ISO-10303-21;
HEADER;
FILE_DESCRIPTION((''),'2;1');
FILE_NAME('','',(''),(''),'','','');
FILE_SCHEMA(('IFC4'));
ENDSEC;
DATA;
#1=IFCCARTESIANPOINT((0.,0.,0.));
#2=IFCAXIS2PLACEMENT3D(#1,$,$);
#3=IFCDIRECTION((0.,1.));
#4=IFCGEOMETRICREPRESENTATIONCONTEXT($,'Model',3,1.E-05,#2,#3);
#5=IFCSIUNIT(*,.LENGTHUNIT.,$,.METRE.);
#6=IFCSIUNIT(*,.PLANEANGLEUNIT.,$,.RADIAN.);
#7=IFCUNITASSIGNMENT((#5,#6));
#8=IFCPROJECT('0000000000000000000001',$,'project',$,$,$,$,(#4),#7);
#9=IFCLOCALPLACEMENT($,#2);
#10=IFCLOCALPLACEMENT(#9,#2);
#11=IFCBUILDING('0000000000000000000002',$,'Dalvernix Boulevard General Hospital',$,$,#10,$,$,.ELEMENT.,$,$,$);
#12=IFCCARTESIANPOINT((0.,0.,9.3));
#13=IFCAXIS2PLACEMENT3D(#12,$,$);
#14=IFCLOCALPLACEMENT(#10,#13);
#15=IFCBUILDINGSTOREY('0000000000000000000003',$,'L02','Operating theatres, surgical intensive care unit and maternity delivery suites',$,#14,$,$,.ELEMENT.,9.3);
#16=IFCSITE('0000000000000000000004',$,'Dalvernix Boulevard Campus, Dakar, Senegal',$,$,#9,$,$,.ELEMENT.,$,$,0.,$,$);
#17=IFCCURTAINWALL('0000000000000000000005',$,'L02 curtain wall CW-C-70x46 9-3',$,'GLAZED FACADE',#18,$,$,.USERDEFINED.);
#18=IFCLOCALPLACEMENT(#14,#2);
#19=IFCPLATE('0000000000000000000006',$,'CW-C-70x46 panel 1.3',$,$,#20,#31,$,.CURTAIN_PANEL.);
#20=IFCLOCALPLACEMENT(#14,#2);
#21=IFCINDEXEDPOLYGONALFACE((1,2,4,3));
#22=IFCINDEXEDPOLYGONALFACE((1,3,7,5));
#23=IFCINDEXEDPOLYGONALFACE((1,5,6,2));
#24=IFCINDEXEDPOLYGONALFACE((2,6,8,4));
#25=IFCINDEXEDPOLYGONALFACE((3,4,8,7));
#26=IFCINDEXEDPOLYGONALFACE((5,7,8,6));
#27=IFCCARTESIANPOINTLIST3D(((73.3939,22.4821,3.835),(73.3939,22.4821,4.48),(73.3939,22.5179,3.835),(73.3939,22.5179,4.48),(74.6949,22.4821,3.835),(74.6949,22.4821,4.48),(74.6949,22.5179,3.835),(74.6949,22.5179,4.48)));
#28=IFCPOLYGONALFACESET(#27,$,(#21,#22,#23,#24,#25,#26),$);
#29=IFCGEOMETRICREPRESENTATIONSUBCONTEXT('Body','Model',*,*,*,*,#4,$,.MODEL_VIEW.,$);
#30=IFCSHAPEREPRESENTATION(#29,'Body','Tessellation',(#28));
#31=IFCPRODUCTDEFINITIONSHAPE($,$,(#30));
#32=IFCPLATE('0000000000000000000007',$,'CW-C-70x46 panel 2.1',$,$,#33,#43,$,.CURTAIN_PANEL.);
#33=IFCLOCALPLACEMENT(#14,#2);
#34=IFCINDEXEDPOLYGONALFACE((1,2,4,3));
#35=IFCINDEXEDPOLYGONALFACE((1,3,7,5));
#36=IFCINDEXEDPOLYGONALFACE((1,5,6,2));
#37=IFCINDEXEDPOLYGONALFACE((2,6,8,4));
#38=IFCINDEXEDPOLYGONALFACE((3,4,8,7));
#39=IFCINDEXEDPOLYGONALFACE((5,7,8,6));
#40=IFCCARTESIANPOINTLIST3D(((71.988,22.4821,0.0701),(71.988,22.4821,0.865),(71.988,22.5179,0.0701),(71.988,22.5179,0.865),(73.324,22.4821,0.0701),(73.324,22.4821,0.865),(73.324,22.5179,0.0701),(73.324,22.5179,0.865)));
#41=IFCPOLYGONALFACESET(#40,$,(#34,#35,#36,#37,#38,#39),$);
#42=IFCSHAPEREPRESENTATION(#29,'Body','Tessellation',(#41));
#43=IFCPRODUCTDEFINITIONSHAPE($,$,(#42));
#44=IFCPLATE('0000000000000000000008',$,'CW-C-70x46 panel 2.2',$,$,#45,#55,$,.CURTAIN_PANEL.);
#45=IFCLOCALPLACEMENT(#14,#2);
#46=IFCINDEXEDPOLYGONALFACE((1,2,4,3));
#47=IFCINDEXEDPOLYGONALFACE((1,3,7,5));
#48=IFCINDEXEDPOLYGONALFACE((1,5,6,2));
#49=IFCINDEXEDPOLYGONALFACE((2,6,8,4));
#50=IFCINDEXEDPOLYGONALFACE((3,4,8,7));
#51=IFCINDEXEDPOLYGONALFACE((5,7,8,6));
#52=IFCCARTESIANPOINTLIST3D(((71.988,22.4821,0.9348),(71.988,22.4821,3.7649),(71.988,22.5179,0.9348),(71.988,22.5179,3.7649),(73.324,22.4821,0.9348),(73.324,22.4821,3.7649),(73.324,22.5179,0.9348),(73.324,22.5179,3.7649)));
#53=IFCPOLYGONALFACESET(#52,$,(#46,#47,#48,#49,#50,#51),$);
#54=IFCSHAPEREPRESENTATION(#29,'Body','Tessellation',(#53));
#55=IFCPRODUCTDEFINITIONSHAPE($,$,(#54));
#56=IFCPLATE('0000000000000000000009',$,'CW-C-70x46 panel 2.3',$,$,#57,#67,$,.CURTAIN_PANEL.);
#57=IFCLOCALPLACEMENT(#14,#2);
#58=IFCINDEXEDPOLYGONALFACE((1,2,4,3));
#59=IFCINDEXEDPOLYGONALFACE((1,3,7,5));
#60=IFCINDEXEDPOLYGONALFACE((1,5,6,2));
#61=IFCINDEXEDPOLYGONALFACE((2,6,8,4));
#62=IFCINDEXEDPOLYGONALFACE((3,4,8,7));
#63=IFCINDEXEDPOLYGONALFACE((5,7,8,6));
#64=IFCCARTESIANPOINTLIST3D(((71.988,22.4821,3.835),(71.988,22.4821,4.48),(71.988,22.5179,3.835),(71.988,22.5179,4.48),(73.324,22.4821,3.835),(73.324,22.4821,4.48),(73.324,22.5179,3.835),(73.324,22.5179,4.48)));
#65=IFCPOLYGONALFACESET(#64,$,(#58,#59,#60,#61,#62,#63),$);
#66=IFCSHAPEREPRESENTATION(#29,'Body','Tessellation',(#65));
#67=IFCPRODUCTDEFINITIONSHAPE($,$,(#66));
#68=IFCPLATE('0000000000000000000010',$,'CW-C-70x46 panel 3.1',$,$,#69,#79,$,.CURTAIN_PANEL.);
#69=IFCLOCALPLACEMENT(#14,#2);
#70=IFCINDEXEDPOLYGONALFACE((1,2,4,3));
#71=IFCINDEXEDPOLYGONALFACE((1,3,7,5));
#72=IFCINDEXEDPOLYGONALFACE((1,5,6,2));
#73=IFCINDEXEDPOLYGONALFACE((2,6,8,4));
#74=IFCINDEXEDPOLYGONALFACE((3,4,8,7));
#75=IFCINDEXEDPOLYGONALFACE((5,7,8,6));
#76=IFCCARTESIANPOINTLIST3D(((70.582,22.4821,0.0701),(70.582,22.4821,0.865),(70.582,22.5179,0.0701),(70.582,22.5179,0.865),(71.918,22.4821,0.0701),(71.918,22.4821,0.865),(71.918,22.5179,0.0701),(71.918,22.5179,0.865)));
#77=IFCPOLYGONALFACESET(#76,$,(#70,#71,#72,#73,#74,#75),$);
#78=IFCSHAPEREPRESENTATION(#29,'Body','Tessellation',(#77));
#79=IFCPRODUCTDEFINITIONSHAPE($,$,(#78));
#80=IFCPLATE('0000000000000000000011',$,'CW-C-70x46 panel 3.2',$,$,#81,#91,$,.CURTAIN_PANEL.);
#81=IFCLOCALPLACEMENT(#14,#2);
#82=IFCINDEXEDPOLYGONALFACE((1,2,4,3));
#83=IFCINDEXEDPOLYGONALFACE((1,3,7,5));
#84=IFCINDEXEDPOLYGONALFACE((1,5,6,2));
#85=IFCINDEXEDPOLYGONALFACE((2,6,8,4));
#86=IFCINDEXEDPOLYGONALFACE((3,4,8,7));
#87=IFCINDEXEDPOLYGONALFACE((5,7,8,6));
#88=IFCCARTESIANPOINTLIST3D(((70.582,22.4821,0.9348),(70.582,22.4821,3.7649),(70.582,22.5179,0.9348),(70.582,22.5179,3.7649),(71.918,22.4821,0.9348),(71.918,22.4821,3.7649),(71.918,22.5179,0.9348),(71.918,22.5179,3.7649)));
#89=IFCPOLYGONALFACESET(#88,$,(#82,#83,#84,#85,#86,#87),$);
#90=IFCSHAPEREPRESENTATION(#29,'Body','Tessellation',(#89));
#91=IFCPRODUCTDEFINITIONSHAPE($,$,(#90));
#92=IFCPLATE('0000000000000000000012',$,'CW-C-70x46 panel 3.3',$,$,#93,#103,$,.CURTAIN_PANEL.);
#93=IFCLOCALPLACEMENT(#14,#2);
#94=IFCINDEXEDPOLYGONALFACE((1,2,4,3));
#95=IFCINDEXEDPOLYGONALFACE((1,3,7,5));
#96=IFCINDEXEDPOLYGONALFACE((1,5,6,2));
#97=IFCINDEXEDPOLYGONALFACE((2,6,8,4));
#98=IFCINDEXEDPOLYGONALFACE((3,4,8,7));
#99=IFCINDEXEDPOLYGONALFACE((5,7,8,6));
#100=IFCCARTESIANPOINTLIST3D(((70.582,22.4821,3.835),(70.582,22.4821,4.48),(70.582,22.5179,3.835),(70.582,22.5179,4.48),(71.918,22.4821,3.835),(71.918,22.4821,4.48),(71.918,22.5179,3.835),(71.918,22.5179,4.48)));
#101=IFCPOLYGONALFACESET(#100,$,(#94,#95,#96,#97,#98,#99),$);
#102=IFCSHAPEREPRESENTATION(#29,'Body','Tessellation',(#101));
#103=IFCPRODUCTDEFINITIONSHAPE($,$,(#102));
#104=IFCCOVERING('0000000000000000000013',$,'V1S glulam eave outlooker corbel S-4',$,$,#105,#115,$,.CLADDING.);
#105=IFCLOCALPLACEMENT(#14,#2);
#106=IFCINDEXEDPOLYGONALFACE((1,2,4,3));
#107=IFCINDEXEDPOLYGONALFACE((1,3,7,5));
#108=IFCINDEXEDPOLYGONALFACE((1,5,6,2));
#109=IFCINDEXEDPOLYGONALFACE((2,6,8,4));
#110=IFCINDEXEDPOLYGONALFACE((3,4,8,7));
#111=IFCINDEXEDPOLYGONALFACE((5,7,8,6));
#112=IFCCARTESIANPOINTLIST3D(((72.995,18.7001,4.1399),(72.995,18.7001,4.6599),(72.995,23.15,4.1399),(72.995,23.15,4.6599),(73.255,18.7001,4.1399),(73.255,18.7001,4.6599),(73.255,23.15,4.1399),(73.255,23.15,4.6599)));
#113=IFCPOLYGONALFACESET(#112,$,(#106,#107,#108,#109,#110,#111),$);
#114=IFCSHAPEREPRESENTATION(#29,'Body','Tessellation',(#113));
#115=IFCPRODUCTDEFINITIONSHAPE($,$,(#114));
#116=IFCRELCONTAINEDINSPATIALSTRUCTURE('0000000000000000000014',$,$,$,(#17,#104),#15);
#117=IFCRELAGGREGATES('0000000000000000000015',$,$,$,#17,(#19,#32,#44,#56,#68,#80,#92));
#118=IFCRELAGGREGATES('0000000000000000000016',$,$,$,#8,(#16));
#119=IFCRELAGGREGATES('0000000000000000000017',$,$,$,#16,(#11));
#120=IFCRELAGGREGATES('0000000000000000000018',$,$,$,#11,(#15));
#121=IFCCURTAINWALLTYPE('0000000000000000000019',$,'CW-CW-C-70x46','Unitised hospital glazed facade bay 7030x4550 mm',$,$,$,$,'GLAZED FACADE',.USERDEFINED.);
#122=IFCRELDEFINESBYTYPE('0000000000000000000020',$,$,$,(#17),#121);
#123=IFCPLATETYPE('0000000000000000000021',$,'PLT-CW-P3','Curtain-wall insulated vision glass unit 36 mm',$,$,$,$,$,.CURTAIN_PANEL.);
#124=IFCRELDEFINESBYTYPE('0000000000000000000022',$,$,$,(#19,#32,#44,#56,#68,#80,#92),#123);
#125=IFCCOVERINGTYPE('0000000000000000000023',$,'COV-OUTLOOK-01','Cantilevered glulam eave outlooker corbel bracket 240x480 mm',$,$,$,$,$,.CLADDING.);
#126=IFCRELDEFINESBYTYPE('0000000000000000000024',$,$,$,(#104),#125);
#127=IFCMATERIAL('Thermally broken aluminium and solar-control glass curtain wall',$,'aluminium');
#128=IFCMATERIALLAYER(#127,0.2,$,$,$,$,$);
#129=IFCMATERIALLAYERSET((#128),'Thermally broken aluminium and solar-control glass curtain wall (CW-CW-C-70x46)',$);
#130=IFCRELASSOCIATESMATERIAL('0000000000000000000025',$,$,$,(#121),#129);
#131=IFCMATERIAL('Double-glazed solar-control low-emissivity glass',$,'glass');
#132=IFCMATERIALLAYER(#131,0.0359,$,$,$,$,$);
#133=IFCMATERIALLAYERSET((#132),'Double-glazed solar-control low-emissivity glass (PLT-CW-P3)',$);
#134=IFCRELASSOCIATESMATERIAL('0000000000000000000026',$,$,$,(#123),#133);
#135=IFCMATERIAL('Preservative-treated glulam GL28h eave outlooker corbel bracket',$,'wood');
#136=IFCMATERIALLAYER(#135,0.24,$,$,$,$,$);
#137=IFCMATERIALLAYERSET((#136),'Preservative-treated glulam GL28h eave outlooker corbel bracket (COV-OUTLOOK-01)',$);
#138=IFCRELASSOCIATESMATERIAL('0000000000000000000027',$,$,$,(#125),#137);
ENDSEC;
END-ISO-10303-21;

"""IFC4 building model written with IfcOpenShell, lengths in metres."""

from ifc_helpers import new_model, si_unit, direction, frame, origin, origin_2d, place, context, subcontext, project, spatial, rectangle, extrude, material, layer, layer_set, type_object, element, aggregate, save


model = new_model("IFC4")

# Units and contexts
model_context = context("Model", 3, precision=1e-05, world=origin(), true_north=direction((0.0, 1.0)))
body_context = subcontext(model_context, "Body", "Model", "MODEL_VIEW")
ifc_project = project(units=[si_unit("LENGTHUNIT", "METRE"), si_unit("PLANEANGLEUNIT", "RADIAN")], contexts=[model_context])

# Site, building, storey
site_placement = place(None, origin())
site = spatial("IfcSite", under=ifc_project, at=site_placement, Name="Dalvernix Boulevard Campus, Dakar, Senegal", CompositionType="ELEMENT", RefElevation=0.0)
building_placement = place(site_placement, origin())
building = spatial("IfcBuilding", under=site, at=building_placement, Name="Dalvernix Boulevard General Hospital", CompositionType="ELEMENT")
storey_placement = place(building_placement, frame((0.0, 0.0, 9.3)))
storey = spatial("IfcBuildingStorey", under=building, at=storey_placement, Name="L02", Description="Operating theatres, surgical intensive care unit and maternity delivery suites", CompositionType="ELEMENT", Elevation=9.3)

# Curtain wall, plates
ifc_material_1 = material(Name="Thermally broken aluminium and solar-control glass curtain wall", Category="aluminium")
ifc_layer_1 = layer(ifc_material_1, 0.2)
ifc_layer_set_1 = layer_set([ifc_layer_1], Name="Thermally broken aluminium and solar-control glass curtain wall (CW-CW-C-70x46)")
curtain_wall_type = type_object("IfcCurtainWallType", Name="CW-CW-C-70x46", Description="Unitised hospital glazed facade bay 7030x4550 mm", ElementType="GLAZED FACADE", PredefinedType="USERDEFINED", material=ifc_layer_set_1)
curtain_wall_placement = place(storey_placement, origin())
curtain_wall = element("IfcCurtainWall", 1, at=curtain_wall_placement, inside=storey, type_object=curtain_wall_type, Name="L02 curtain wall CW-C-70x46 9-3", ObjectType="GLAZED FACADE", PredefinedType="USERDEFINED")
ifc_material_2 = material(Name="Double-glazed solar-control low-emissivity glass", Category="glass")
ifc_layer_2 = layer(ifc_material_2, 0.0359)
ifc_layer_set_2 = layer_set([ifc_layer_2], Name="Double-glazed solar-control low-emissivity glass (PLT-CW-P3)")
plate_type = type_object("IfcPlateType", Name="PLT-CW-P3", Description="Curtain-wall insulated vision glass unit 36 mm", PredefinedType="CURTAIN_PANEL", material=ifc_layer_set_2)
plate_1_placement = place(storey_placement, frame((74.0444, 22.5, 3.835), z_axis=(0.0, 0.0, 1.0), x_axis=(-1.0, 0.0, 0.0)))
plate_1 = element("IfcPlate", 2, at=plate_1_placement, type_object=plate_type, Name="CW-C-70x46 panel 1.3", PredefinedType="CURTAIN_PANEL", context=body_context, shape_type="SweptSolid", body=[
    extrude(rectangle(XDim=1.301, YDim=0.0359, at=origin_2d()), origin(), (0.0, 0.0, 1.0), 0.645),
])
plate_2_placement = place(storey_placement, frame((72.656, 22.5, 0.0701), z_axis=(0.0, 0.0, 1.0), x_axis=(-1.0, 0.0, 0.0)))
plate_2 = element("IfcPlate", 3, at=plate_2_placement, type_object=plate_type, Name="CW-C-70x46 panel 2.1", PredefinedType="CURTAIN_PANEL", context=body_context, shape_type="SweptSolid", body=[
    extrude(rectangle(XDim=1.3359, YDim=0.0359, at=origin_2d()), origin(), (0.0, 0.0, 1.0), 0.7949),
])
plate_3_placement = place(storey_placement, frame((72.656, 22.5, 0.9348), z_axis=(0.0, 0.0, 1.0), x_axis=(-1.0, 0.0, 0.0)))
plate_3 = element("IfcPlate", 4, at=plate_3_placement, type_object=plate_type, Name="CW-C-70x46 panel 2.2", PredefinedType="CURTAIN_PANEL", context=body_context, shape_type="SweptSolid", body=[
    extrude(rectangle(XDim=1.3359, YDim=0.0359, at=origin_2d()), origin(), (0.0, 0.0, 1.0), 2.8301),
])
plate_4_placement = place(storey_placement, frame((72.656, 22.5, 3.835), z_axis=(0.0, 0.0, 1.0), x_axis=(-1.0, 0.0, 0.0)))
plate_4 = element("IfcPlate", 5, at=plate_4_placement, type_object=plate_type, Name="CW-C-70x46 panel 2.3", PredefinedType="CURTAIN_PANEL", context=body_context, shape_type="SweptSolid", body=[
    extrude(rectangle(XDim=1.3359, YDim=0.0359, at=origin_2d()), origin(), (0.0, 0.0, 1.0), 0.645),
])
plate_5_placement = place(storey_placement, frame((71.25, 22.5, 0.0701), z_axis=(0.0, 0.0, 1.0), x_axis=(-1.0, 0.0, 0.0)))
plate_5 = element("IfcPlate", 6, at=plate_5_placement, type_object=plate_type, Name="CW-C-70x46 panel 3.1", PredefinedType="CURTAIN_PANEL", context=body_context, shape_type="SweptSolid", body=[
    extrude(rectangle(XDim=1.3359, YDim=0.0359, at=origin_2d()), origin(), (0.0, 0.0, 1.0), 0.7949),
])
plate_6_placement = place(storey_placement, frame((71.25, 22.5, 0.9348), z_axis=(0.0, 0.0, 1.0), x_axis=(-1.0, 0.0, 0.0)))
plate_6 = element("IfcPlate", 7, at=plate_6_placement, type_object=plate_type, Name="CW-C-70x46 panel 3.2", PredefinedType="CURTAIN_PANEL", context=body_context, shape_type="SweptSolid", body=[
    extrude(rectangle(XDim=1.3359, YDim=0.0359, at=origin_2d()), origin(), (0.0, 0.0, 1.0), 2.8301),
])
plate_7_placement = place(storey_placement, frame((71.25, 22.5, 3.835), z_axis=(0.0, 0.0, 1.0), x_axis=(-1.0, 0.0, 0.0)))
plate_7 = element("IfcPlate", 8, at=plate_7_placement, type_object=plate_type, Name="CW-C-70x46 panel 3.3", PredefinedType="CURTAIN_PANEL", context=body_context, shape_type="SweptSolid", body=[
    extrude(rectangle(XDim=1.3359, YDim=0.0359, at=origin_2d()), origin(), (0.0, 0.0, 1.0), 0.645),
])
aggregate(curtain_wall, [plate_1, plate_2, plate_3, plate_4, plate_5, plate_6, plate_7])

# Covering
ifc_material_3 = material(Name="Preservative-treated glulam GL28h eave outlooker corbel bracket", Category="wood")
ifc_layer_3 = layer(ifc_material_3, 0.24)
ifc_layer_set_3 = layer_set([ifc_layer_3], Name="Preservative-treated glulam GL28h eave outlooker corbel bracket (COV-OUTLOOK-01)")
covering_type = type_object("IfcCoveringType", Name="COV-OUTLOOK-01", Description="Cantilevered glulam eave outlooker corbel bracket 240x480 mm", PredefinedType="CLADDING", material=ifc_layer_set_3)
covering_placement = place(storey_placement, frame((73.125, 20.925, 4.1399), z_axis=(0.0, 0.0, 1.0), x_axis=(1.0, 0.0, 0.0)))
element("IfcCovering", 9, at=covering_placement, inside=storey, type_object=covering_type, Name="V1S glulam eave outlooker corbel S-4", PredefinedType="CLADDING", context=body_context, shape_type="SweptSolid", body=[
    extrude(rectangle(XDim=0.26, YDim=4.45, at=origin_2d()), origin(), (0.0, 0.0, 1.0), 0.52),
])

save(model, "model.ifc")
